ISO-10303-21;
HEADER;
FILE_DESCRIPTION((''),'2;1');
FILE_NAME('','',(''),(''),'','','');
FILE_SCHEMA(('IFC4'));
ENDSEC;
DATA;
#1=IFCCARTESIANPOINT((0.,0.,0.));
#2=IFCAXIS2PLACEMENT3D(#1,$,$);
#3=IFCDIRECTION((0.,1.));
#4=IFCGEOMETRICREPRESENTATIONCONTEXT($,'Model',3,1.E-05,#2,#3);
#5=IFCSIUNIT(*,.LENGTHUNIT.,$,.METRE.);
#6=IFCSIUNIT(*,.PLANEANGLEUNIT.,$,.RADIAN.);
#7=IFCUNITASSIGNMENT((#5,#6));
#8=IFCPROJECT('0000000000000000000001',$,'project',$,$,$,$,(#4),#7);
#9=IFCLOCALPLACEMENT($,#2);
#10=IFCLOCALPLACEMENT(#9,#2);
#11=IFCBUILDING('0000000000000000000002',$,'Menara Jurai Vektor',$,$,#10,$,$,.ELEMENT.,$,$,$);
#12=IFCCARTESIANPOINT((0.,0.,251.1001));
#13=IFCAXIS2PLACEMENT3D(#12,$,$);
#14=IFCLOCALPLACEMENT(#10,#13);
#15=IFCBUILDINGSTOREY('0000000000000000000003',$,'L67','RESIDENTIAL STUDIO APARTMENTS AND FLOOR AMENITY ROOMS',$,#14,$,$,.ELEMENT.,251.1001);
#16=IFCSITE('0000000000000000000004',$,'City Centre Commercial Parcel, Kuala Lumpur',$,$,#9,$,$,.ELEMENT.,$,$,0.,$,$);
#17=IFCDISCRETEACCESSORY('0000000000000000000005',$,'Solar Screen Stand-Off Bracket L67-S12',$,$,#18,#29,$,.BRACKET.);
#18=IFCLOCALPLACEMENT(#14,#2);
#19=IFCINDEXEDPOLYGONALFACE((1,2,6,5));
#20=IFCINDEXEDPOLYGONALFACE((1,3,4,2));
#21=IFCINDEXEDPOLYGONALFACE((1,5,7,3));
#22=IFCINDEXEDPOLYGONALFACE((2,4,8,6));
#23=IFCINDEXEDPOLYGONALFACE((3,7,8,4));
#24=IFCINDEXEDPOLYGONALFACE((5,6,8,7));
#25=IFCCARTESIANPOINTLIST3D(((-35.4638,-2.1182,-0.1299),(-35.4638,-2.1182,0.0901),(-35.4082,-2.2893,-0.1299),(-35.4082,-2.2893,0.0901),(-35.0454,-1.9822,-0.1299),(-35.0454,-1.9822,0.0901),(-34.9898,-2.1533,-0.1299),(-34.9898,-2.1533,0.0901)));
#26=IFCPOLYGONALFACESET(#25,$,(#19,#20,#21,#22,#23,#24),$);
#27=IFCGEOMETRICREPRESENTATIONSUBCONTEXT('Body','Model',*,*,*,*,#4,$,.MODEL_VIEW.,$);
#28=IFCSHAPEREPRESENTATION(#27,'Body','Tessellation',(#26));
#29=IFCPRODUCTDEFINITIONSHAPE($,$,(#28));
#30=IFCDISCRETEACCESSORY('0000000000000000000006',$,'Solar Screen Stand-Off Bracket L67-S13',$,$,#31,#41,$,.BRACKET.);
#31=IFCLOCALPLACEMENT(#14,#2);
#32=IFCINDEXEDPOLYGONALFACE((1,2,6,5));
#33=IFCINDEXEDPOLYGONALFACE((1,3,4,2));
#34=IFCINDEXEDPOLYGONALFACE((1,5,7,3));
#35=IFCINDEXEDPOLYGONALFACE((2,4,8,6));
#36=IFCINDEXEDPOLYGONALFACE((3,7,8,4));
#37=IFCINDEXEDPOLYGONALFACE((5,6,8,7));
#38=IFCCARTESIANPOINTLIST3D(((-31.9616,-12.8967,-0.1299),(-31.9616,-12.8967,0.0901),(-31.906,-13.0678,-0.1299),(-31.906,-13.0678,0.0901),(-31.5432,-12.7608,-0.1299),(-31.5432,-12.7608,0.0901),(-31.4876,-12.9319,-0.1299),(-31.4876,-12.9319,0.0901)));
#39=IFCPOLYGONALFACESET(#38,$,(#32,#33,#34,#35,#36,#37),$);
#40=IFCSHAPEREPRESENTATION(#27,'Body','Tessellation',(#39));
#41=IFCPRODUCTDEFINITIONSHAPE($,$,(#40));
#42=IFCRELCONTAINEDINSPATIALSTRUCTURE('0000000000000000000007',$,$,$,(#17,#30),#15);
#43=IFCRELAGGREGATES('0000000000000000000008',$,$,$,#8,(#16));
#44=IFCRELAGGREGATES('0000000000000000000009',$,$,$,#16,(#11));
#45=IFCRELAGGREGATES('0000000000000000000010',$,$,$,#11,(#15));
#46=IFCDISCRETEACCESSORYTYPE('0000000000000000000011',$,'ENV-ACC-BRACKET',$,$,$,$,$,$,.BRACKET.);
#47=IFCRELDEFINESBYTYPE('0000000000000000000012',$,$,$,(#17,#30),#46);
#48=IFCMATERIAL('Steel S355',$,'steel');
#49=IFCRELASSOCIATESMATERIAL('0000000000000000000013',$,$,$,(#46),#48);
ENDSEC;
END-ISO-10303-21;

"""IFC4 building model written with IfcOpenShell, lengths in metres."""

from ifc_helpers import new_model, si_unit, direction, frame, origin, origin_2d, place, context, subcontext, project, spatial, rectangle, extrude, material, type_object, element, save


model = new_model("IFC4")

# Units and contexts
model_context = context("Model", 3, precision=1e-05, world=origin(), true_north=direction((0.0, 1.0)))
body_context = subcontext(model_context, "Body", "Model", "MODEL_VIEW")
ifc_project = project(units=[si_unit("LENGTHUNIT", "METRE"), si_unit("PLANEANGLEUNIT", "RADIAN")], contexts=[model_context])

# Site, building, storey
site_placement = place(None, origin())
site = spatial("IfcSite", under=ifc_project, at=site_placement, Name="City Centre Commercial Parcel, Kuala Lumpur", CompositionType="ELEMENT", RefElevation=0.0)
building_placement = place(site_placement, origin())
building = spatial("IfcBuilding", under=site, at=building_placement, Name="Menara Jurai Vektor", CompositionType="ELEMENT")
storey_placement = place(building_placement, frame((0.0, 0.0, 251.1001)))
storey = spatial("IfcBuildingStorey", under=building, at=storey_placement, Name="L67", Description="RESIDENTIAL STUDIO APARTMENTS AND FLOOR AMENITY ROOMS", CompositionType="ELEMENT", Elevation=251.1001)

# Shared definitions
ifc_material_1 = material(Name="Steel S355", Category="steel")

# Discrete accessories
discrete_accessory_type = type_object("IfcDiscreteAccessoryType", Name="ENV-ACC-BRACKET", PredefinedType="BRACKET", material=ifc_material_1)
for number, where, z_axis, x_axis, name in (
    (1, (-35.2268, -2.1357, -0.1299), (0.0, 0.0, 1.0), (0.309017, -0.951057, 0.0), "Solar Screen Stand-Off Bracket L67-S12"),
    (2, (-31.7246, -12.9143, -0.1299), (0.0, 0.0, 1.0), (0.309017, -0.951057, 0.0), "Solar Screen Stand-Off Bracket L67-S13"),
):
    element("IfcDiscreteAccessory", number, at=place(storey_placement, frame(where, z_axis=z_axis, x_axis=x_axis)), inside=storey, type_object=discrete_accessory_type, Name=name, PredefinedType="BRACKET", context=body_context, shape_type="SweptSolid", body=[
        extrude(rectangle(XDim=0.1799, YDim=0.4399, at=origin_2d()), origin(), (0.0, 0.0, 1.0), 0.22),
    ])

save(model, "model.ifc")
